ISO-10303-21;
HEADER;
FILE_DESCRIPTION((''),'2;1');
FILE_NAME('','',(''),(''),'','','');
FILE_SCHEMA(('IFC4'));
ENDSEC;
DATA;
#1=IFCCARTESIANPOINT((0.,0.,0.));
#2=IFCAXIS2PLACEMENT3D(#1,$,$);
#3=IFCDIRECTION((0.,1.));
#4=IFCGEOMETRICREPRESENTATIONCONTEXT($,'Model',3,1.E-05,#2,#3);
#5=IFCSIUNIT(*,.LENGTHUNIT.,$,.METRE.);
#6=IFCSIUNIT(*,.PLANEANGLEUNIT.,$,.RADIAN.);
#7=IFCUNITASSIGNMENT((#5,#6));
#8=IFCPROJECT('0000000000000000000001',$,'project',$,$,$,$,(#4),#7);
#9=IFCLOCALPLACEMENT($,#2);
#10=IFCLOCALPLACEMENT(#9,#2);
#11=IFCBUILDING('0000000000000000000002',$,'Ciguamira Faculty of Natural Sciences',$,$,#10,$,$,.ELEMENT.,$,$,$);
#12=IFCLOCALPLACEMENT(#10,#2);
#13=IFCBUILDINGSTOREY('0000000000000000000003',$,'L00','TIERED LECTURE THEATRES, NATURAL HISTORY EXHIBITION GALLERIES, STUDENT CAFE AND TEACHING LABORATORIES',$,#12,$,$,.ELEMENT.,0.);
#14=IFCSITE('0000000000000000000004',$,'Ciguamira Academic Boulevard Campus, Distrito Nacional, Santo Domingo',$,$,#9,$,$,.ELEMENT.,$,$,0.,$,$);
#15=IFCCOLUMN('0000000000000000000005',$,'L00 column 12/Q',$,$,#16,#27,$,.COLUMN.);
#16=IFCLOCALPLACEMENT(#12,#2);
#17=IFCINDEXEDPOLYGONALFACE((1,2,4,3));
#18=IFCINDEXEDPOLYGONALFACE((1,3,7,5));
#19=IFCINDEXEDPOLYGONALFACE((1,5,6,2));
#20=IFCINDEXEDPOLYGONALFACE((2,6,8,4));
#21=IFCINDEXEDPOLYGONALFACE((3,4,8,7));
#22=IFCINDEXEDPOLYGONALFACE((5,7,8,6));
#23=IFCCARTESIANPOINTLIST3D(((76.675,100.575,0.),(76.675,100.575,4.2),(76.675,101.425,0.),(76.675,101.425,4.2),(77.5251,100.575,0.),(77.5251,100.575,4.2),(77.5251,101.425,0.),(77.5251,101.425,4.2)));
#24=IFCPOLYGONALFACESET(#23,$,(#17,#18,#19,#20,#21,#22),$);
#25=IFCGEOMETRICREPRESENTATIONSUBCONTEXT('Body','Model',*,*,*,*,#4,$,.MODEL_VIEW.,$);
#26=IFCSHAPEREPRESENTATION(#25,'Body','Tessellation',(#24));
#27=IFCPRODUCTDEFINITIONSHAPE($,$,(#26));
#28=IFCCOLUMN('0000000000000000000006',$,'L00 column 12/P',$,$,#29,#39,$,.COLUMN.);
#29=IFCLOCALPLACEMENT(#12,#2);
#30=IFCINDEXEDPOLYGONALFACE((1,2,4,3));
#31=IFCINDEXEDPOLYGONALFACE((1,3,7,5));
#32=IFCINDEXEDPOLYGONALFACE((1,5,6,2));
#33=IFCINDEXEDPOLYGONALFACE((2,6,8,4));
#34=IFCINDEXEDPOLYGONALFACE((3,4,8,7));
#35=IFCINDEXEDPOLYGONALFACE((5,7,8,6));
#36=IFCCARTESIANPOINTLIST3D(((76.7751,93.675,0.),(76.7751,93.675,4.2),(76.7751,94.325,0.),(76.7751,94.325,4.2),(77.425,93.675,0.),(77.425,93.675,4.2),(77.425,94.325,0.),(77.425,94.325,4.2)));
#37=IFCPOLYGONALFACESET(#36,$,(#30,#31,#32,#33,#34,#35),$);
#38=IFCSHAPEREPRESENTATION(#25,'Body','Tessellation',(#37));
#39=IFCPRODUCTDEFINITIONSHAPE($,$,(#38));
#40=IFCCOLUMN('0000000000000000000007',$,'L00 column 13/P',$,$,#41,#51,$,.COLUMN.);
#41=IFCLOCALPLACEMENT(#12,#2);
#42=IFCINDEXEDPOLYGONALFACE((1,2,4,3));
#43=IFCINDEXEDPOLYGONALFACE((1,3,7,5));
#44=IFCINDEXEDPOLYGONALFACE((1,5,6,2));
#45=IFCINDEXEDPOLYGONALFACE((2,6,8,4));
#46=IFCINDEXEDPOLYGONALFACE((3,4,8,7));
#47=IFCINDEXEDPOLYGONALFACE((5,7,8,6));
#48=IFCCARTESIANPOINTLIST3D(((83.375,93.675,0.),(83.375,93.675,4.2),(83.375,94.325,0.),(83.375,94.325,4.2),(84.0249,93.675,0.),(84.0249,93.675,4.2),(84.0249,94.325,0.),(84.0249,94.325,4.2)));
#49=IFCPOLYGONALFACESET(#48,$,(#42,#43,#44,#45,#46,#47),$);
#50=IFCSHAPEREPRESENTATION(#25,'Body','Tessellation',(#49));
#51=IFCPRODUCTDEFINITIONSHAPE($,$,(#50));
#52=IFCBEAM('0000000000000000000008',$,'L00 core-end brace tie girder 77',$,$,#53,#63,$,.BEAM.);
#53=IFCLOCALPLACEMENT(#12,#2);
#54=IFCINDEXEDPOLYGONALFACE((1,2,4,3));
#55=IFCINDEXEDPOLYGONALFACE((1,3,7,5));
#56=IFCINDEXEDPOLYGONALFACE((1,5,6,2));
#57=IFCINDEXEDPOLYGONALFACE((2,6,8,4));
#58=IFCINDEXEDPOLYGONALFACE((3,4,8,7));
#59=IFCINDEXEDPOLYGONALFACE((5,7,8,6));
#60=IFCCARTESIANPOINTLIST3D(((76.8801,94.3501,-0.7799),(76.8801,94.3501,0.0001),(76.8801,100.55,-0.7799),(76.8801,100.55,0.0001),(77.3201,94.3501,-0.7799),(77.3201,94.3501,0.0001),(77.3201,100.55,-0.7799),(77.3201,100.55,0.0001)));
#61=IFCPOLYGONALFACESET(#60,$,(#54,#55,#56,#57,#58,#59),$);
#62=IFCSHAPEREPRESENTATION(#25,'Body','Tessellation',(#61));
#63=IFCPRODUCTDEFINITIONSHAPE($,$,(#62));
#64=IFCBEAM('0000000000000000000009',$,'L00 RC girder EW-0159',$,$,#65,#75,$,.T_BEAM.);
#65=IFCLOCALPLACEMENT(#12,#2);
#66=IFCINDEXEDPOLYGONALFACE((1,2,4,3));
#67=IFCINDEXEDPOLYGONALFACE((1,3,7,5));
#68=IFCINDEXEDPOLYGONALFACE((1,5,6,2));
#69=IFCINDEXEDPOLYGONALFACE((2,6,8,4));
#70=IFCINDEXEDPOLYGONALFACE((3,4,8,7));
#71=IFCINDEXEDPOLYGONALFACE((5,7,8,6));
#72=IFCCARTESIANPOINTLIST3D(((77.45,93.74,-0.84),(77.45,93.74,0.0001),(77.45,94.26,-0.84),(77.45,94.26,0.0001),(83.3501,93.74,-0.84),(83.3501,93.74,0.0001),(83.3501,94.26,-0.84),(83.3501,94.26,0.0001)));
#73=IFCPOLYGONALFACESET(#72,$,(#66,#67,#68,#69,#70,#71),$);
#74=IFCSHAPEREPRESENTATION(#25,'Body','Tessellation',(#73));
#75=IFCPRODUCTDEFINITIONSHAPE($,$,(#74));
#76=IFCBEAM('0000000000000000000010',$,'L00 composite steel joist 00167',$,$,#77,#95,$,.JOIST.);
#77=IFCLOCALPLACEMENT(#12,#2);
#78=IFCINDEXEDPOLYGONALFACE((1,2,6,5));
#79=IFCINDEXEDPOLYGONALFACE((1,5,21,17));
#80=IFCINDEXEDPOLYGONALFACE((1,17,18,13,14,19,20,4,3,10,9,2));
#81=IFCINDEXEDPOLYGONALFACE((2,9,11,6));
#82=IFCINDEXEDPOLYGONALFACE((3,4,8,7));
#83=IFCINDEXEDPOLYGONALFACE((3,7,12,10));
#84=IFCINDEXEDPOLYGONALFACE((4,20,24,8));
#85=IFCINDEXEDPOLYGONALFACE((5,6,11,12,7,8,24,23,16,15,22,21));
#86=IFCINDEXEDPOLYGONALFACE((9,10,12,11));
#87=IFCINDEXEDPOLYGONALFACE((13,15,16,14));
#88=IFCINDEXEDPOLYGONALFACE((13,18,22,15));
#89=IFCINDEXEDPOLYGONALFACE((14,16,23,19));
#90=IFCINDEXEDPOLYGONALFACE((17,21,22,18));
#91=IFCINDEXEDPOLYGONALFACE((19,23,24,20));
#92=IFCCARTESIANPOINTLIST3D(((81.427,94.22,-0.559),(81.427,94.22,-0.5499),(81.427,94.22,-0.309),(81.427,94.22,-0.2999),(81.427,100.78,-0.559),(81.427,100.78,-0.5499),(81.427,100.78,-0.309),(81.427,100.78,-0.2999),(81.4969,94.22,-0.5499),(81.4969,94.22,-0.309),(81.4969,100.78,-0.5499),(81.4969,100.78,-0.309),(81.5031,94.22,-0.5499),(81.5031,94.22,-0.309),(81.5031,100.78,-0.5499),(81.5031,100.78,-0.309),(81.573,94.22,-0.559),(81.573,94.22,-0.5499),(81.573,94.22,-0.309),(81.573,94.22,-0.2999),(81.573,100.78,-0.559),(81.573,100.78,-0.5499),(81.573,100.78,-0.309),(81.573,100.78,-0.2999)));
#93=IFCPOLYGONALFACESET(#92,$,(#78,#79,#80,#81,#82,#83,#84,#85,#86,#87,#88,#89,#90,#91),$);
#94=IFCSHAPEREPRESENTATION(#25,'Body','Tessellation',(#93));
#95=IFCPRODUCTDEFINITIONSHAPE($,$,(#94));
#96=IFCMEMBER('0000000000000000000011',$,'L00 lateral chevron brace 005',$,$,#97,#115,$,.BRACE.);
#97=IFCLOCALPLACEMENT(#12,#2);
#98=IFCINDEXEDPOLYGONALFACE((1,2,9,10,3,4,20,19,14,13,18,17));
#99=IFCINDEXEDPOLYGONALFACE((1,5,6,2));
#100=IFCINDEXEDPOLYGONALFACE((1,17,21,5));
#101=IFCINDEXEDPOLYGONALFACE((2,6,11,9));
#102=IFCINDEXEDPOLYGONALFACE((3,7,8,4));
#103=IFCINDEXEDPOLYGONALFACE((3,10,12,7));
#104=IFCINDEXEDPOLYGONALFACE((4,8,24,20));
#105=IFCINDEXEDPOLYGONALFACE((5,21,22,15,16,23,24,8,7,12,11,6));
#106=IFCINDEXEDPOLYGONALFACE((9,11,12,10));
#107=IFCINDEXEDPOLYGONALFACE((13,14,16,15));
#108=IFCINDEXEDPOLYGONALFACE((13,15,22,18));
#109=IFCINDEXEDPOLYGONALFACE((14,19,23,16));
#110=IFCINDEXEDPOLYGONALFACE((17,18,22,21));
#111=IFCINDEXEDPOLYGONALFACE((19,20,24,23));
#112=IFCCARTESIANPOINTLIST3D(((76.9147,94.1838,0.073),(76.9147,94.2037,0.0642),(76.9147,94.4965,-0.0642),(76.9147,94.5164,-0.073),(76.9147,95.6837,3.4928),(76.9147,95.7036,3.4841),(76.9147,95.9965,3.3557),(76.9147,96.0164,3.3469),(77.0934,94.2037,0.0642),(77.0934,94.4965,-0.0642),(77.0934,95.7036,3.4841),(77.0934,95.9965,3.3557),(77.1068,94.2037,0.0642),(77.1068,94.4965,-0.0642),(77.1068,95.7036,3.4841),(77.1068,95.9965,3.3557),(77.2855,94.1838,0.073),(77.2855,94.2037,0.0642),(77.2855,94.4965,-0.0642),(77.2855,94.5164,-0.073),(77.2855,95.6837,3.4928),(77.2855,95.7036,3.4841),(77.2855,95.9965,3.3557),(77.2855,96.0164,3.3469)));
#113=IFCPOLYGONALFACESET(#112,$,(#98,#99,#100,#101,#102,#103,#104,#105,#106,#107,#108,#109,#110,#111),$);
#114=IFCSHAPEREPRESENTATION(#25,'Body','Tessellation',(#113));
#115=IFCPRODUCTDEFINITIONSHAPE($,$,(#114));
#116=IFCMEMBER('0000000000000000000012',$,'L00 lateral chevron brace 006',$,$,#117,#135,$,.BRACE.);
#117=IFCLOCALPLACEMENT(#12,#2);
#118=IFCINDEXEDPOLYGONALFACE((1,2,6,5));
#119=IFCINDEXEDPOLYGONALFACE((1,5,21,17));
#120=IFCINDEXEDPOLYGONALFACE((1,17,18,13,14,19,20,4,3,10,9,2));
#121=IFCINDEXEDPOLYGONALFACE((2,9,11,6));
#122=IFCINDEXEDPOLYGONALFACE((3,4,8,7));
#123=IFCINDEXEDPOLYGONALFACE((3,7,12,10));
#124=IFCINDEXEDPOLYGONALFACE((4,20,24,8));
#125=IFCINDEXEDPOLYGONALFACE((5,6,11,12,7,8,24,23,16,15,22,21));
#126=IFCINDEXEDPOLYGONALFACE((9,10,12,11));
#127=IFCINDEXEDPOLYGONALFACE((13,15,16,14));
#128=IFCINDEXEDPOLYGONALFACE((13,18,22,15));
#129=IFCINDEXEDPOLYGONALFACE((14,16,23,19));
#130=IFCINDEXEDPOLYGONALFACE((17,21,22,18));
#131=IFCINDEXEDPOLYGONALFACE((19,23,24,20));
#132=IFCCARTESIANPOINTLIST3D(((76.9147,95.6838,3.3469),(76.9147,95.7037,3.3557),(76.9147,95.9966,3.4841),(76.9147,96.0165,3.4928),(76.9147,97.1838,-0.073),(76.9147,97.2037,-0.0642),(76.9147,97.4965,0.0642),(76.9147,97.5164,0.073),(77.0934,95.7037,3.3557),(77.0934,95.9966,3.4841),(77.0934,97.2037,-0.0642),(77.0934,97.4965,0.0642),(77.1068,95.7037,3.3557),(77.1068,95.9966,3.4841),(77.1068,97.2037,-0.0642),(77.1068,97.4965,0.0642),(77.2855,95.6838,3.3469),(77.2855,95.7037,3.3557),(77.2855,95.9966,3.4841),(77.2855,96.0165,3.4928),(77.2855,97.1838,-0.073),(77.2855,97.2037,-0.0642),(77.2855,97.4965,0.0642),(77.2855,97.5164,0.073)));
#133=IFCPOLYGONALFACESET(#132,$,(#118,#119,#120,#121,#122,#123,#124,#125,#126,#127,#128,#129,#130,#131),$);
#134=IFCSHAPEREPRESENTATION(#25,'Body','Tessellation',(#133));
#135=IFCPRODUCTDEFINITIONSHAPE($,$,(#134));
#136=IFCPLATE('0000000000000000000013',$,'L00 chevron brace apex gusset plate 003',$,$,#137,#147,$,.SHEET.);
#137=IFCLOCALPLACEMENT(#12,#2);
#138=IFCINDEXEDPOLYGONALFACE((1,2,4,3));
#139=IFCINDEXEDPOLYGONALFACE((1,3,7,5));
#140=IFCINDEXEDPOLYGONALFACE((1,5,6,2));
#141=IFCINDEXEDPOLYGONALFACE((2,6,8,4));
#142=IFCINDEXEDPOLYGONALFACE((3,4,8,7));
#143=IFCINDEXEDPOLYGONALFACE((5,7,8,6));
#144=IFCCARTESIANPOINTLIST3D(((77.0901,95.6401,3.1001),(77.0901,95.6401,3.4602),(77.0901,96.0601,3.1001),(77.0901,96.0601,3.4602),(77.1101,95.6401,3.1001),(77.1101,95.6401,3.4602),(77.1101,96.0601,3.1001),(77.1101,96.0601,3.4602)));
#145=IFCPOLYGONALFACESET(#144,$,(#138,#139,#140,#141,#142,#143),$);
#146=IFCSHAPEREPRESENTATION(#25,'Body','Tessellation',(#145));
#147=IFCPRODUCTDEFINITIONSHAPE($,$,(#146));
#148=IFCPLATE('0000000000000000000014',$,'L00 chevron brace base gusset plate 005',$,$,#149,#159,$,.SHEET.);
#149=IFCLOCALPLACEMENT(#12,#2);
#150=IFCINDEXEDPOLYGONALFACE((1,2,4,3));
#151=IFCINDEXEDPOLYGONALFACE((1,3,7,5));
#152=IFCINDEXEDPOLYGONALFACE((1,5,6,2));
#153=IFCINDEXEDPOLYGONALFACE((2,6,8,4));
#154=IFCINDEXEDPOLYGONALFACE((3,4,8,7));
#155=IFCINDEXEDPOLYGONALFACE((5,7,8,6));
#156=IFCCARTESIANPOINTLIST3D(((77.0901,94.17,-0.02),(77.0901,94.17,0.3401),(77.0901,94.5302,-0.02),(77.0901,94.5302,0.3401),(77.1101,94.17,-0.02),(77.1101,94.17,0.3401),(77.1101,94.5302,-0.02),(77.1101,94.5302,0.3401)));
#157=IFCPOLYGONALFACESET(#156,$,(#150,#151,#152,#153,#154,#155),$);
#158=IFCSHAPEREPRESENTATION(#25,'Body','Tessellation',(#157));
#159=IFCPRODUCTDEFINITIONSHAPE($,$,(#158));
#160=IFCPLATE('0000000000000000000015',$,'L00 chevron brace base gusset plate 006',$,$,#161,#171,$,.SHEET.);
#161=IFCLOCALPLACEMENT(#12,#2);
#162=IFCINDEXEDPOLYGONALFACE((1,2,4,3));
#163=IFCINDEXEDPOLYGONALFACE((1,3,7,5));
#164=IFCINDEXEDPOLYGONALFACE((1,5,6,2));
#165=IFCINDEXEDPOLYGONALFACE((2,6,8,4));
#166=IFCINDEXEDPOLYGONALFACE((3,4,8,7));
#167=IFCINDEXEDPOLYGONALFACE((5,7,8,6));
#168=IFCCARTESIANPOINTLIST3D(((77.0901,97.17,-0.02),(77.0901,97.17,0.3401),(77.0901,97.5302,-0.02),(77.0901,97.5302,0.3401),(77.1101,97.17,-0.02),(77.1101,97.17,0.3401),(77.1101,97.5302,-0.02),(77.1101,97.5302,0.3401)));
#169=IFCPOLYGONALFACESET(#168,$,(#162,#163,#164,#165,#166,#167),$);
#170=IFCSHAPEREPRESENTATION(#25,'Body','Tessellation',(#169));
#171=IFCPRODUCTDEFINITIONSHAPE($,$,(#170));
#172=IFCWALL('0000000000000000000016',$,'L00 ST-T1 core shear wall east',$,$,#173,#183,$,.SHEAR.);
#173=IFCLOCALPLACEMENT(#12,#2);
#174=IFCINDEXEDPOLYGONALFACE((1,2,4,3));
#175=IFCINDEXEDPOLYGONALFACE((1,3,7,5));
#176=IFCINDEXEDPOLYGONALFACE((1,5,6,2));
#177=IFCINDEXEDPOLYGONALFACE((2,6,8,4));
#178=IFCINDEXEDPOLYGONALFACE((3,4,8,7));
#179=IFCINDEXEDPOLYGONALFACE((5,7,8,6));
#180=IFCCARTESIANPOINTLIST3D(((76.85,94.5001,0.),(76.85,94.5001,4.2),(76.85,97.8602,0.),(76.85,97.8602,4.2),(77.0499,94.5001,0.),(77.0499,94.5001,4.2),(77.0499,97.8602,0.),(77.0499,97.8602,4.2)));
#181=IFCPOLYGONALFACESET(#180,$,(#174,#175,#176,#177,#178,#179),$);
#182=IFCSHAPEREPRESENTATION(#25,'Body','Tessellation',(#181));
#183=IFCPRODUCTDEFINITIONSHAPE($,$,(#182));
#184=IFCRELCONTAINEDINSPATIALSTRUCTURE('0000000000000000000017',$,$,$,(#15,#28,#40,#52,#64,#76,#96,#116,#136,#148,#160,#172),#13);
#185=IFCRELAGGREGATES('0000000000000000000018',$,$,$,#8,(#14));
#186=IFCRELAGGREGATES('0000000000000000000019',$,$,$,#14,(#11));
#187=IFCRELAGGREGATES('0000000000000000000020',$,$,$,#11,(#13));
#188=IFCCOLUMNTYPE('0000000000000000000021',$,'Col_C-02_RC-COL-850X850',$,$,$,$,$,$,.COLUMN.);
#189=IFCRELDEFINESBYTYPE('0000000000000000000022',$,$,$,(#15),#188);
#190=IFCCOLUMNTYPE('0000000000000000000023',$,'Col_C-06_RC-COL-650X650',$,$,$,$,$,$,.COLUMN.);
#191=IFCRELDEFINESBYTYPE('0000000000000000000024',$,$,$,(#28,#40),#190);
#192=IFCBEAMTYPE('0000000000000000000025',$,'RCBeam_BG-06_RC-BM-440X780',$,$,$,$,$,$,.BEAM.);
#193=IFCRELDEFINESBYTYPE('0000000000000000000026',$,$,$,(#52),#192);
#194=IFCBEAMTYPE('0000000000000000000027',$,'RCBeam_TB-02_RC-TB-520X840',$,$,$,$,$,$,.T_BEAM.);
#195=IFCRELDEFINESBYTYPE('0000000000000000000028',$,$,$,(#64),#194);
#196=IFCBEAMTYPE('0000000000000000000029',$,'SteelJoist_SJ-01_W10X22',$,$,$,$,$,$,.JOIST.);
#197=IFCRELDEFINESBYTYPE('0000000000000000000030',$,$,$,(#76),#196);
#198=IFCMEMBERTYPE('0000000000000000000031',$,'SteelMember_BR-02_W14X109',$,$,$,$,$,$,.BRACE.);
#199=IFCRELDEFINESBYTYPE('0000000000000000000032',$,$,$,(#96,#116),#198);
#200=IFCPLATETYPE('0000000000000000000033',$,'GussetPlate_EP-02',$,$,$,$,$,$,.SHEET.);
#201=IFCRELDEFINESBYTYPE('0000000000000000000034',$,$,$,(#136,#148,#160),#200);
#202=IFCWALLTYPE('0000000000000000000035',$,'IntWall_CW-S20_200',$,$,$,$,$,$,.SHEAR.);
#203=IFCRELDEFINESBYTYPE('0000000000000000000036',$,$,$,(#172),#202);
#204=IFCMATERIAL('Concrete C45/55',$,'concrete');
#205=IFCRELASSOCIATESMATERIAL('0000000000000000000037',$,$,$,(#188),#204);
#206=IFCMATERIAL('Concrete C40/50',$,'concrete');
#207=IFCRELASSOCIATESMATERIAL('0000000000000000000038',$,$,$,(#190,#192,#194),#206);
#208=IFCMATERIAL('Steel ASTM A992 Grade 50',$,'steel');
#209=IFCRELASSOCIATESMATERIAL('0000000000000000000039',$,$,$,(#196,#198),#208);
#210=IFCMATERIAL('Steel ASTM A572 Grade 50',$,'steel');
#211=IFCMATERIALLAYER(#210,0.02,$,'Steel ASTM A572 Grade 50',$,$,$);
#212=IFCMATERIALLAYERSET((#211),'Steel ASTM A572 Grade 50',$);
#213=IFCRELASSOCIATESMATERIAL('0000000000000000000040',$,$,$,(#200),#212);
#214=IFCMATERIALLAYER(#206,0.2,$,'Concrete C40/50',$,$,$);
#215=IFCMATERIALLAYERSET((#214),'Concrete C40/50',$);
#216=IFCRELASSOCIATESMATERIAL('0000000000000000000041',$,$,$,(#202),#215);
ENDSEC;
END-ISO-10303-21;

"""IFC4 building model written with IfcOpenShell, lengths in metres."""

from ifc_helpers import new_model, si_unit, direction, frame, frame_2d, origin, origin_2d, place, context, subcontext, project, spatial, rectangle, i_section, extrude, material, layer, layer_set, material_profile, profile_set, type_object, element, save


model = new_model("IFC4")

# Units and contexts
model_context = context("Model", 3, precision=1e-05, world=origin(), true_north=direction((0.0, 1.0)))
body_context = subcontext(model_context, "Body", "Model", "MODEL_VIEW")
ifc_project = project(units=[si_unit("LENGTHUNIT", "METRE"), si_unit("PLANEANGLEUNIT", "RADIAN")], contexts=[model_context])

# Site, building, storey
site_placement = place(None, origin())
site = spatial("IfcSite", under=ifc_project, at=site_placement, Name="Ciguamira Academic Boulevard Campus, Distrito Nacional, Santo Domingo", CompositionType="ELEMENT", RefElevation=0.0)
building_placement = place(site_placement, origin())
building = spatial("IfcBuilding", under=site, at=building_placement, Name="Ciguamira Faculty of Natural Sciences", CompositionType="ELEMENT")
storey_placement = place(building_placement, origin())
storey = spatial("IfcBuildingStorey", under=building, at=storey_placement, Name="L00", Description="TIERED LECTURE THEATRES, NATURAL HISTORY EXHIBITION GALLERIES, STUDENT CAFE AND TEACHING LABORATORIES", CompositionType="ELEMENT", Elevation=0.0)

# Columns
ifc_material_1 = material(Name="Concrete C45/55", Category="concrete")
ifc_material_profile_1 = material_profile(ifc_material_1, rectangle(XDim=0.8501, YDim=0.8501, at=origin_2d()), Name="RC-COL-850X850")
ifc_profile_set_1 = profile_set([ifc_material_profile_1], Name="Concrete C45/55")
column_type_1 = type_object("IfcColumnType", Name="Col_C-02_RC-COL-850X850", PredefinedType="COLUMN", material=ifc_profile_set_1)
column_placement = place(storey_placement, frame((77.1001, 101.0, 0.0), z_axis=(0.0, 0.0, 1.0), x_axis=(1.0, 0.0, 0.0)))
element("IfcColumn", 1, at=column_placement, inside=storey, type_object=column_type_1, Name="L00 column 12/Q", PredefinedType="COLUMN", context=body_context, shape_type="SweptSolid", body=[
    extrude(rectangle(XDim=0.8501, YDim=0.8501, at=origin_2d()), origin(), (0.0, 0.0, 1.0), 4.2),
])
ifc_material_2 = material(Name="Concrete C40/50", Category="concrete")
ifc_material_profile_2 = material_profile(ifc_material_2, rectangle(XDim=0.6499, YDim=0.6499, at=origin_2d()), Name="RC-COL-650X650")
ifc_profile_set_2 = profile_set([ifc_material_profile_2], Name="Concrete C40/50")
column_type_2 = type_object("IfcColumnType", Name="Col_C-06_RC-COL-650X650", PredefinedType="COLUMN", material=ifc_profile_set_2)
for number, where, z_axis, x_axis, name in (
    (2, (77.1001, 94.0, 0.0), (0.0, 0.0, 1.0), (1.0, 0.0, 0.0), "L00 column 12/P"),
    (3, (83.7, 94.0, 0.0), (0.0, 0.0, 1.0), (1.0, 0.0, 0.0), "L00 column 13/P"),
):
    element("IfcColumn", number, at=place(storey_placement, frame(where, z_axis=z_axis, x_axis=x_axis)), inside=storey, type_object=column_type_2, Name=name, PredefinedType="COLUMN", context=body_context, shape_type="SweptSolid", body=[
        extrude(rectangle(XDim=0.6499, YDim=0.6499, at=origin_2d()), origin(), (0.0, 0.0, 1.0), 4.2),
    ])

# Beams
ifc_material_profile_3 = material_profile(ifc_material_2, rectangle(XDim=0.4399, YDim=0.78, at=origin_2d()), Name="RC-BM-440X780")
ifc_profile_set_3 = profile_set([ifc_material_profile_3], Name="Concrete C40/50")
beam_type_1 = type_object("IfcBeamType", Name="RCBeam_BG-06_RC-BM-440X780", PredefinedType="BEAM", material=ifc_profile_set_3)
beam_1_placement = place(storey_placement, frame((77.1001, 94.3501, -0.3899), z_axis=(0.0, 1.0, 0.0), x_axis=(-1.0, 0.0, 0.0)))
element("IfcBeam", 4, at=beam_1_placement, inside=storey, type_object=beam_type_1, Name="L00 core-end brace tie girder 77", PredefinedType="BEAM", context=body_context, shape_type="SweptSolid", body=[
    extrude(rectangle(XDim=0.4399, YDim=0.78, at=origin_2d()), origin(), (0.0, 0.0, 1.0), 6.2),
])
ifc_material_profile_4 = material_profile(ifc_material_2, rectangle(XDim=0.52, YDim=0.8401, at=origin_2d()), Name="RC-TB-520X840")
ifc_profile_set_4 = profile_set([ifc_material_profile_4], Name="Concrete C40/50")
beam_type_2 = type_object("IfcBeamType", Name="RCBeam_TB-02_RC-TB-520X840", PredefinedType="T_BEAM", material=ifc_profile_set_4)
beam_2_placement = place(storey_placement, frame((77.45, 94.0, -0.4199), z_axis=(1.0, 0.0, 0.0), x_axis=(0.0, 1.0, 0.0)))
element("IfcBeam", 5, at=beam_2_placement, inside=storey, type_object=beam_type_2, Name="L00 RC girder EW-0159", PredefinedType="T_BEAM", context=body_context, shape_type="SweptSolid", body=[
    extrude(rectangle(XDim=0.52, YDim=0.8401, at=origin_2d()), origin(), (0.0, 0.0, 1.0), 5.9001),
])
ifc_material_3 = material(Name="Steel ASTM A992 Grade 50", Category="steel")
ifc_material_profile_5 = material_profile(ifc_material_3, i_section(OverallWidth=0.146, OverallDepth=0.259, WebThickness=0.0061, FlangeThickness=0.009, at=origin_2d()), Name="W10X22")
ifc_profile_set_5 = profile_set([ifc_material_profile_5], Name="Steel ASTM A992 Grade 50")
beam_type_3 = type_object("IfcBeamType", Name="SteelJoist_SJ-01_W10X22", PredefinedType="JOIST", material=ifc_profile_set_5)
beam_3_placement = place(storey_placement, frame((81.5, 94.22, -0.4294), z_axis=(0.0, 1.0, 0.0), x_axis=(-1.0, 0.0, 0.0)))
element("IfcBeam", 6, at=beam_3_placement, inside=storey, type_object=beam_type_3, Name="L00 composite steel joist 00167", PredefinedType="JOIST", context=body_context, shape_type="SweptSolid", body=[
    extrude(i_section(OverallWidth=0.146, OverallDepth=0.259, WebThickness=0.0061, FlangeThickness=0.009, at=origin_2d()), origin(), (0.0, 0.0, 1.0), 6.5601),
])

# Members
ifc_material_profile_6 = material_profile(ifc_material_3, i_section(OverallWidth=0.3708, OverallDepth=0.3633, WebThickness=0.0134, FlangeThickness=0.0217, at=origin_2d()), Name="W14X109")
ifc_profile_set_6 = profile_set([ifc_material_profile_6], Name="Steel ASTM A992 Grade 50")
member_type = type_object("IfcMemberType", Name="SteelMember_BR-02_W14X109", PredefinedType="BRACE", material=ifc_profile_set_6)
for number, where, z_axis, x_axis, name in (
    (7, (77.1001, 94.3501, 0.0), (0.0, 0.401669, 0.915785), (-1.0, 0.0, 0.0), "L00 lateral chevron brace 005"),
    (8, (77.1001, 97.3501, 0.0), (0.0, -0.401669, 0.915785), (1.0, 0.0, 0.0), "L00 lateral chevron brace 006"),
):
    element("IfcMember", number, at=place(storey_placement, frame(where, z_axis=z_axis, x_axis=x_axis)), inside=storey, type_object=member_type, Name=name, PredefinedType="BRACE", context=body_context, shape_type="SweptSolid", body=[
        extrude(i_section(OverallWidth=0.3708, OverallDepth=0.3633, WebThickness=0.0134, FlangeThickness=0.0217, at=origin_2d()), origin(), (0.0, 0.0, 1.0), 3.7344),
    ])

# Plates
ifc_material_4 = material(Name="Steel ASTM A572 Grade 50", Category="steel")
ifc_layer_1 = layer(ifc_material_4, 0.02, Name="Steel ASTM A572 Grade 50")
ifc_layer_set_1 = layer_set([ifc_layer_1], Name="Steel ASTM A572 Grade 50")
plate_type = type_object("IfcPlateType", Name="GussetPlate_EP-02", PredefinedType="SHEET", material=ifc_layer_set_1)
plate_placement = place(storey_placement, frame((77.1001, 95.8501, 3.1001), z_axis=(0.0, 0.0, 1.0), x_axis=(1.0, 0.0, 0.0)))
element("IfcPlate", 9, at=plate_placement, inside=storey, type_object=plate_type, Name="L00 chevron brace apex gusset plate 003", PredefinedType="SHEET", context=body_context, shape_type="SweptSolid", body=[
    extrude(rectangle(XDim=0.02, YDim=0.4199, at=origin_2d()), origin(), (0.0, 0.0, 1.0), 0.3601),
])
for number, where, z_axis, x_axis, name in (
    (10, (77.1001, 94.3501, -0.02), (0.0, 0.0, 1.0), (1.0, 0.0, 0.0), "L00 chevron brace base gusset plate 005"),
    (11, (77.1001, 97.3501, -0.02), (0.0, 0.0, 1.0), (1.0, 0.0, 0.0), "L00 chevron brace base gusset plate 006"),
):
    element("IfcPlate", number, at=place(storey_placement, frame(where, z_axis=z_axis, x_axis=x_axis)), inside=storey, type_object=plate_type, Name=name, PredefinedType="SHEET", context=body_context, shape_type="SweptSolid", body=[
        extrude(rectangle(XDim=0.02, YDim=0.3601, at=origin_2d()), origin(), (0.0, 0.0, 1.0), 0.3601),
    ])

# Wall
ifc_layer_2 = layer(ifc_material_2, 0.2, Name="Concrete C40/50")
ifc_layer_set_2 = layer_set([ifc_layer_2], Name="Concrete C40/50")
wall_type_1 = type_object("IfcWallType", Name="IntWall_CW-S20_200", PredefinedType="SHEAR", material=ifc_layer_set_2)
wall_1_placement = place(storey_placement, frame((76.95, 94.5, 0.0), z_axis=(0.0, 0.0, 1.0), x_axis=(0.0, 1.0, 0.0)))
element("IfcWall", 12, at=wall_1_placement, inside=storey, type_object=wall_type_1, Name="L00 ST-T1 core shear wall east", PredefinedType="SHEAR", context=body_context, shape_type="SweptSolid", body=[
    extrude(rectangle(XDim=3.3601, YDim=0.2, at=frame_2d((1.6802, 0.0))), origin(), (0.0, 0.0, 1.0), 4.2),
])

save(model, "model.ifc")
